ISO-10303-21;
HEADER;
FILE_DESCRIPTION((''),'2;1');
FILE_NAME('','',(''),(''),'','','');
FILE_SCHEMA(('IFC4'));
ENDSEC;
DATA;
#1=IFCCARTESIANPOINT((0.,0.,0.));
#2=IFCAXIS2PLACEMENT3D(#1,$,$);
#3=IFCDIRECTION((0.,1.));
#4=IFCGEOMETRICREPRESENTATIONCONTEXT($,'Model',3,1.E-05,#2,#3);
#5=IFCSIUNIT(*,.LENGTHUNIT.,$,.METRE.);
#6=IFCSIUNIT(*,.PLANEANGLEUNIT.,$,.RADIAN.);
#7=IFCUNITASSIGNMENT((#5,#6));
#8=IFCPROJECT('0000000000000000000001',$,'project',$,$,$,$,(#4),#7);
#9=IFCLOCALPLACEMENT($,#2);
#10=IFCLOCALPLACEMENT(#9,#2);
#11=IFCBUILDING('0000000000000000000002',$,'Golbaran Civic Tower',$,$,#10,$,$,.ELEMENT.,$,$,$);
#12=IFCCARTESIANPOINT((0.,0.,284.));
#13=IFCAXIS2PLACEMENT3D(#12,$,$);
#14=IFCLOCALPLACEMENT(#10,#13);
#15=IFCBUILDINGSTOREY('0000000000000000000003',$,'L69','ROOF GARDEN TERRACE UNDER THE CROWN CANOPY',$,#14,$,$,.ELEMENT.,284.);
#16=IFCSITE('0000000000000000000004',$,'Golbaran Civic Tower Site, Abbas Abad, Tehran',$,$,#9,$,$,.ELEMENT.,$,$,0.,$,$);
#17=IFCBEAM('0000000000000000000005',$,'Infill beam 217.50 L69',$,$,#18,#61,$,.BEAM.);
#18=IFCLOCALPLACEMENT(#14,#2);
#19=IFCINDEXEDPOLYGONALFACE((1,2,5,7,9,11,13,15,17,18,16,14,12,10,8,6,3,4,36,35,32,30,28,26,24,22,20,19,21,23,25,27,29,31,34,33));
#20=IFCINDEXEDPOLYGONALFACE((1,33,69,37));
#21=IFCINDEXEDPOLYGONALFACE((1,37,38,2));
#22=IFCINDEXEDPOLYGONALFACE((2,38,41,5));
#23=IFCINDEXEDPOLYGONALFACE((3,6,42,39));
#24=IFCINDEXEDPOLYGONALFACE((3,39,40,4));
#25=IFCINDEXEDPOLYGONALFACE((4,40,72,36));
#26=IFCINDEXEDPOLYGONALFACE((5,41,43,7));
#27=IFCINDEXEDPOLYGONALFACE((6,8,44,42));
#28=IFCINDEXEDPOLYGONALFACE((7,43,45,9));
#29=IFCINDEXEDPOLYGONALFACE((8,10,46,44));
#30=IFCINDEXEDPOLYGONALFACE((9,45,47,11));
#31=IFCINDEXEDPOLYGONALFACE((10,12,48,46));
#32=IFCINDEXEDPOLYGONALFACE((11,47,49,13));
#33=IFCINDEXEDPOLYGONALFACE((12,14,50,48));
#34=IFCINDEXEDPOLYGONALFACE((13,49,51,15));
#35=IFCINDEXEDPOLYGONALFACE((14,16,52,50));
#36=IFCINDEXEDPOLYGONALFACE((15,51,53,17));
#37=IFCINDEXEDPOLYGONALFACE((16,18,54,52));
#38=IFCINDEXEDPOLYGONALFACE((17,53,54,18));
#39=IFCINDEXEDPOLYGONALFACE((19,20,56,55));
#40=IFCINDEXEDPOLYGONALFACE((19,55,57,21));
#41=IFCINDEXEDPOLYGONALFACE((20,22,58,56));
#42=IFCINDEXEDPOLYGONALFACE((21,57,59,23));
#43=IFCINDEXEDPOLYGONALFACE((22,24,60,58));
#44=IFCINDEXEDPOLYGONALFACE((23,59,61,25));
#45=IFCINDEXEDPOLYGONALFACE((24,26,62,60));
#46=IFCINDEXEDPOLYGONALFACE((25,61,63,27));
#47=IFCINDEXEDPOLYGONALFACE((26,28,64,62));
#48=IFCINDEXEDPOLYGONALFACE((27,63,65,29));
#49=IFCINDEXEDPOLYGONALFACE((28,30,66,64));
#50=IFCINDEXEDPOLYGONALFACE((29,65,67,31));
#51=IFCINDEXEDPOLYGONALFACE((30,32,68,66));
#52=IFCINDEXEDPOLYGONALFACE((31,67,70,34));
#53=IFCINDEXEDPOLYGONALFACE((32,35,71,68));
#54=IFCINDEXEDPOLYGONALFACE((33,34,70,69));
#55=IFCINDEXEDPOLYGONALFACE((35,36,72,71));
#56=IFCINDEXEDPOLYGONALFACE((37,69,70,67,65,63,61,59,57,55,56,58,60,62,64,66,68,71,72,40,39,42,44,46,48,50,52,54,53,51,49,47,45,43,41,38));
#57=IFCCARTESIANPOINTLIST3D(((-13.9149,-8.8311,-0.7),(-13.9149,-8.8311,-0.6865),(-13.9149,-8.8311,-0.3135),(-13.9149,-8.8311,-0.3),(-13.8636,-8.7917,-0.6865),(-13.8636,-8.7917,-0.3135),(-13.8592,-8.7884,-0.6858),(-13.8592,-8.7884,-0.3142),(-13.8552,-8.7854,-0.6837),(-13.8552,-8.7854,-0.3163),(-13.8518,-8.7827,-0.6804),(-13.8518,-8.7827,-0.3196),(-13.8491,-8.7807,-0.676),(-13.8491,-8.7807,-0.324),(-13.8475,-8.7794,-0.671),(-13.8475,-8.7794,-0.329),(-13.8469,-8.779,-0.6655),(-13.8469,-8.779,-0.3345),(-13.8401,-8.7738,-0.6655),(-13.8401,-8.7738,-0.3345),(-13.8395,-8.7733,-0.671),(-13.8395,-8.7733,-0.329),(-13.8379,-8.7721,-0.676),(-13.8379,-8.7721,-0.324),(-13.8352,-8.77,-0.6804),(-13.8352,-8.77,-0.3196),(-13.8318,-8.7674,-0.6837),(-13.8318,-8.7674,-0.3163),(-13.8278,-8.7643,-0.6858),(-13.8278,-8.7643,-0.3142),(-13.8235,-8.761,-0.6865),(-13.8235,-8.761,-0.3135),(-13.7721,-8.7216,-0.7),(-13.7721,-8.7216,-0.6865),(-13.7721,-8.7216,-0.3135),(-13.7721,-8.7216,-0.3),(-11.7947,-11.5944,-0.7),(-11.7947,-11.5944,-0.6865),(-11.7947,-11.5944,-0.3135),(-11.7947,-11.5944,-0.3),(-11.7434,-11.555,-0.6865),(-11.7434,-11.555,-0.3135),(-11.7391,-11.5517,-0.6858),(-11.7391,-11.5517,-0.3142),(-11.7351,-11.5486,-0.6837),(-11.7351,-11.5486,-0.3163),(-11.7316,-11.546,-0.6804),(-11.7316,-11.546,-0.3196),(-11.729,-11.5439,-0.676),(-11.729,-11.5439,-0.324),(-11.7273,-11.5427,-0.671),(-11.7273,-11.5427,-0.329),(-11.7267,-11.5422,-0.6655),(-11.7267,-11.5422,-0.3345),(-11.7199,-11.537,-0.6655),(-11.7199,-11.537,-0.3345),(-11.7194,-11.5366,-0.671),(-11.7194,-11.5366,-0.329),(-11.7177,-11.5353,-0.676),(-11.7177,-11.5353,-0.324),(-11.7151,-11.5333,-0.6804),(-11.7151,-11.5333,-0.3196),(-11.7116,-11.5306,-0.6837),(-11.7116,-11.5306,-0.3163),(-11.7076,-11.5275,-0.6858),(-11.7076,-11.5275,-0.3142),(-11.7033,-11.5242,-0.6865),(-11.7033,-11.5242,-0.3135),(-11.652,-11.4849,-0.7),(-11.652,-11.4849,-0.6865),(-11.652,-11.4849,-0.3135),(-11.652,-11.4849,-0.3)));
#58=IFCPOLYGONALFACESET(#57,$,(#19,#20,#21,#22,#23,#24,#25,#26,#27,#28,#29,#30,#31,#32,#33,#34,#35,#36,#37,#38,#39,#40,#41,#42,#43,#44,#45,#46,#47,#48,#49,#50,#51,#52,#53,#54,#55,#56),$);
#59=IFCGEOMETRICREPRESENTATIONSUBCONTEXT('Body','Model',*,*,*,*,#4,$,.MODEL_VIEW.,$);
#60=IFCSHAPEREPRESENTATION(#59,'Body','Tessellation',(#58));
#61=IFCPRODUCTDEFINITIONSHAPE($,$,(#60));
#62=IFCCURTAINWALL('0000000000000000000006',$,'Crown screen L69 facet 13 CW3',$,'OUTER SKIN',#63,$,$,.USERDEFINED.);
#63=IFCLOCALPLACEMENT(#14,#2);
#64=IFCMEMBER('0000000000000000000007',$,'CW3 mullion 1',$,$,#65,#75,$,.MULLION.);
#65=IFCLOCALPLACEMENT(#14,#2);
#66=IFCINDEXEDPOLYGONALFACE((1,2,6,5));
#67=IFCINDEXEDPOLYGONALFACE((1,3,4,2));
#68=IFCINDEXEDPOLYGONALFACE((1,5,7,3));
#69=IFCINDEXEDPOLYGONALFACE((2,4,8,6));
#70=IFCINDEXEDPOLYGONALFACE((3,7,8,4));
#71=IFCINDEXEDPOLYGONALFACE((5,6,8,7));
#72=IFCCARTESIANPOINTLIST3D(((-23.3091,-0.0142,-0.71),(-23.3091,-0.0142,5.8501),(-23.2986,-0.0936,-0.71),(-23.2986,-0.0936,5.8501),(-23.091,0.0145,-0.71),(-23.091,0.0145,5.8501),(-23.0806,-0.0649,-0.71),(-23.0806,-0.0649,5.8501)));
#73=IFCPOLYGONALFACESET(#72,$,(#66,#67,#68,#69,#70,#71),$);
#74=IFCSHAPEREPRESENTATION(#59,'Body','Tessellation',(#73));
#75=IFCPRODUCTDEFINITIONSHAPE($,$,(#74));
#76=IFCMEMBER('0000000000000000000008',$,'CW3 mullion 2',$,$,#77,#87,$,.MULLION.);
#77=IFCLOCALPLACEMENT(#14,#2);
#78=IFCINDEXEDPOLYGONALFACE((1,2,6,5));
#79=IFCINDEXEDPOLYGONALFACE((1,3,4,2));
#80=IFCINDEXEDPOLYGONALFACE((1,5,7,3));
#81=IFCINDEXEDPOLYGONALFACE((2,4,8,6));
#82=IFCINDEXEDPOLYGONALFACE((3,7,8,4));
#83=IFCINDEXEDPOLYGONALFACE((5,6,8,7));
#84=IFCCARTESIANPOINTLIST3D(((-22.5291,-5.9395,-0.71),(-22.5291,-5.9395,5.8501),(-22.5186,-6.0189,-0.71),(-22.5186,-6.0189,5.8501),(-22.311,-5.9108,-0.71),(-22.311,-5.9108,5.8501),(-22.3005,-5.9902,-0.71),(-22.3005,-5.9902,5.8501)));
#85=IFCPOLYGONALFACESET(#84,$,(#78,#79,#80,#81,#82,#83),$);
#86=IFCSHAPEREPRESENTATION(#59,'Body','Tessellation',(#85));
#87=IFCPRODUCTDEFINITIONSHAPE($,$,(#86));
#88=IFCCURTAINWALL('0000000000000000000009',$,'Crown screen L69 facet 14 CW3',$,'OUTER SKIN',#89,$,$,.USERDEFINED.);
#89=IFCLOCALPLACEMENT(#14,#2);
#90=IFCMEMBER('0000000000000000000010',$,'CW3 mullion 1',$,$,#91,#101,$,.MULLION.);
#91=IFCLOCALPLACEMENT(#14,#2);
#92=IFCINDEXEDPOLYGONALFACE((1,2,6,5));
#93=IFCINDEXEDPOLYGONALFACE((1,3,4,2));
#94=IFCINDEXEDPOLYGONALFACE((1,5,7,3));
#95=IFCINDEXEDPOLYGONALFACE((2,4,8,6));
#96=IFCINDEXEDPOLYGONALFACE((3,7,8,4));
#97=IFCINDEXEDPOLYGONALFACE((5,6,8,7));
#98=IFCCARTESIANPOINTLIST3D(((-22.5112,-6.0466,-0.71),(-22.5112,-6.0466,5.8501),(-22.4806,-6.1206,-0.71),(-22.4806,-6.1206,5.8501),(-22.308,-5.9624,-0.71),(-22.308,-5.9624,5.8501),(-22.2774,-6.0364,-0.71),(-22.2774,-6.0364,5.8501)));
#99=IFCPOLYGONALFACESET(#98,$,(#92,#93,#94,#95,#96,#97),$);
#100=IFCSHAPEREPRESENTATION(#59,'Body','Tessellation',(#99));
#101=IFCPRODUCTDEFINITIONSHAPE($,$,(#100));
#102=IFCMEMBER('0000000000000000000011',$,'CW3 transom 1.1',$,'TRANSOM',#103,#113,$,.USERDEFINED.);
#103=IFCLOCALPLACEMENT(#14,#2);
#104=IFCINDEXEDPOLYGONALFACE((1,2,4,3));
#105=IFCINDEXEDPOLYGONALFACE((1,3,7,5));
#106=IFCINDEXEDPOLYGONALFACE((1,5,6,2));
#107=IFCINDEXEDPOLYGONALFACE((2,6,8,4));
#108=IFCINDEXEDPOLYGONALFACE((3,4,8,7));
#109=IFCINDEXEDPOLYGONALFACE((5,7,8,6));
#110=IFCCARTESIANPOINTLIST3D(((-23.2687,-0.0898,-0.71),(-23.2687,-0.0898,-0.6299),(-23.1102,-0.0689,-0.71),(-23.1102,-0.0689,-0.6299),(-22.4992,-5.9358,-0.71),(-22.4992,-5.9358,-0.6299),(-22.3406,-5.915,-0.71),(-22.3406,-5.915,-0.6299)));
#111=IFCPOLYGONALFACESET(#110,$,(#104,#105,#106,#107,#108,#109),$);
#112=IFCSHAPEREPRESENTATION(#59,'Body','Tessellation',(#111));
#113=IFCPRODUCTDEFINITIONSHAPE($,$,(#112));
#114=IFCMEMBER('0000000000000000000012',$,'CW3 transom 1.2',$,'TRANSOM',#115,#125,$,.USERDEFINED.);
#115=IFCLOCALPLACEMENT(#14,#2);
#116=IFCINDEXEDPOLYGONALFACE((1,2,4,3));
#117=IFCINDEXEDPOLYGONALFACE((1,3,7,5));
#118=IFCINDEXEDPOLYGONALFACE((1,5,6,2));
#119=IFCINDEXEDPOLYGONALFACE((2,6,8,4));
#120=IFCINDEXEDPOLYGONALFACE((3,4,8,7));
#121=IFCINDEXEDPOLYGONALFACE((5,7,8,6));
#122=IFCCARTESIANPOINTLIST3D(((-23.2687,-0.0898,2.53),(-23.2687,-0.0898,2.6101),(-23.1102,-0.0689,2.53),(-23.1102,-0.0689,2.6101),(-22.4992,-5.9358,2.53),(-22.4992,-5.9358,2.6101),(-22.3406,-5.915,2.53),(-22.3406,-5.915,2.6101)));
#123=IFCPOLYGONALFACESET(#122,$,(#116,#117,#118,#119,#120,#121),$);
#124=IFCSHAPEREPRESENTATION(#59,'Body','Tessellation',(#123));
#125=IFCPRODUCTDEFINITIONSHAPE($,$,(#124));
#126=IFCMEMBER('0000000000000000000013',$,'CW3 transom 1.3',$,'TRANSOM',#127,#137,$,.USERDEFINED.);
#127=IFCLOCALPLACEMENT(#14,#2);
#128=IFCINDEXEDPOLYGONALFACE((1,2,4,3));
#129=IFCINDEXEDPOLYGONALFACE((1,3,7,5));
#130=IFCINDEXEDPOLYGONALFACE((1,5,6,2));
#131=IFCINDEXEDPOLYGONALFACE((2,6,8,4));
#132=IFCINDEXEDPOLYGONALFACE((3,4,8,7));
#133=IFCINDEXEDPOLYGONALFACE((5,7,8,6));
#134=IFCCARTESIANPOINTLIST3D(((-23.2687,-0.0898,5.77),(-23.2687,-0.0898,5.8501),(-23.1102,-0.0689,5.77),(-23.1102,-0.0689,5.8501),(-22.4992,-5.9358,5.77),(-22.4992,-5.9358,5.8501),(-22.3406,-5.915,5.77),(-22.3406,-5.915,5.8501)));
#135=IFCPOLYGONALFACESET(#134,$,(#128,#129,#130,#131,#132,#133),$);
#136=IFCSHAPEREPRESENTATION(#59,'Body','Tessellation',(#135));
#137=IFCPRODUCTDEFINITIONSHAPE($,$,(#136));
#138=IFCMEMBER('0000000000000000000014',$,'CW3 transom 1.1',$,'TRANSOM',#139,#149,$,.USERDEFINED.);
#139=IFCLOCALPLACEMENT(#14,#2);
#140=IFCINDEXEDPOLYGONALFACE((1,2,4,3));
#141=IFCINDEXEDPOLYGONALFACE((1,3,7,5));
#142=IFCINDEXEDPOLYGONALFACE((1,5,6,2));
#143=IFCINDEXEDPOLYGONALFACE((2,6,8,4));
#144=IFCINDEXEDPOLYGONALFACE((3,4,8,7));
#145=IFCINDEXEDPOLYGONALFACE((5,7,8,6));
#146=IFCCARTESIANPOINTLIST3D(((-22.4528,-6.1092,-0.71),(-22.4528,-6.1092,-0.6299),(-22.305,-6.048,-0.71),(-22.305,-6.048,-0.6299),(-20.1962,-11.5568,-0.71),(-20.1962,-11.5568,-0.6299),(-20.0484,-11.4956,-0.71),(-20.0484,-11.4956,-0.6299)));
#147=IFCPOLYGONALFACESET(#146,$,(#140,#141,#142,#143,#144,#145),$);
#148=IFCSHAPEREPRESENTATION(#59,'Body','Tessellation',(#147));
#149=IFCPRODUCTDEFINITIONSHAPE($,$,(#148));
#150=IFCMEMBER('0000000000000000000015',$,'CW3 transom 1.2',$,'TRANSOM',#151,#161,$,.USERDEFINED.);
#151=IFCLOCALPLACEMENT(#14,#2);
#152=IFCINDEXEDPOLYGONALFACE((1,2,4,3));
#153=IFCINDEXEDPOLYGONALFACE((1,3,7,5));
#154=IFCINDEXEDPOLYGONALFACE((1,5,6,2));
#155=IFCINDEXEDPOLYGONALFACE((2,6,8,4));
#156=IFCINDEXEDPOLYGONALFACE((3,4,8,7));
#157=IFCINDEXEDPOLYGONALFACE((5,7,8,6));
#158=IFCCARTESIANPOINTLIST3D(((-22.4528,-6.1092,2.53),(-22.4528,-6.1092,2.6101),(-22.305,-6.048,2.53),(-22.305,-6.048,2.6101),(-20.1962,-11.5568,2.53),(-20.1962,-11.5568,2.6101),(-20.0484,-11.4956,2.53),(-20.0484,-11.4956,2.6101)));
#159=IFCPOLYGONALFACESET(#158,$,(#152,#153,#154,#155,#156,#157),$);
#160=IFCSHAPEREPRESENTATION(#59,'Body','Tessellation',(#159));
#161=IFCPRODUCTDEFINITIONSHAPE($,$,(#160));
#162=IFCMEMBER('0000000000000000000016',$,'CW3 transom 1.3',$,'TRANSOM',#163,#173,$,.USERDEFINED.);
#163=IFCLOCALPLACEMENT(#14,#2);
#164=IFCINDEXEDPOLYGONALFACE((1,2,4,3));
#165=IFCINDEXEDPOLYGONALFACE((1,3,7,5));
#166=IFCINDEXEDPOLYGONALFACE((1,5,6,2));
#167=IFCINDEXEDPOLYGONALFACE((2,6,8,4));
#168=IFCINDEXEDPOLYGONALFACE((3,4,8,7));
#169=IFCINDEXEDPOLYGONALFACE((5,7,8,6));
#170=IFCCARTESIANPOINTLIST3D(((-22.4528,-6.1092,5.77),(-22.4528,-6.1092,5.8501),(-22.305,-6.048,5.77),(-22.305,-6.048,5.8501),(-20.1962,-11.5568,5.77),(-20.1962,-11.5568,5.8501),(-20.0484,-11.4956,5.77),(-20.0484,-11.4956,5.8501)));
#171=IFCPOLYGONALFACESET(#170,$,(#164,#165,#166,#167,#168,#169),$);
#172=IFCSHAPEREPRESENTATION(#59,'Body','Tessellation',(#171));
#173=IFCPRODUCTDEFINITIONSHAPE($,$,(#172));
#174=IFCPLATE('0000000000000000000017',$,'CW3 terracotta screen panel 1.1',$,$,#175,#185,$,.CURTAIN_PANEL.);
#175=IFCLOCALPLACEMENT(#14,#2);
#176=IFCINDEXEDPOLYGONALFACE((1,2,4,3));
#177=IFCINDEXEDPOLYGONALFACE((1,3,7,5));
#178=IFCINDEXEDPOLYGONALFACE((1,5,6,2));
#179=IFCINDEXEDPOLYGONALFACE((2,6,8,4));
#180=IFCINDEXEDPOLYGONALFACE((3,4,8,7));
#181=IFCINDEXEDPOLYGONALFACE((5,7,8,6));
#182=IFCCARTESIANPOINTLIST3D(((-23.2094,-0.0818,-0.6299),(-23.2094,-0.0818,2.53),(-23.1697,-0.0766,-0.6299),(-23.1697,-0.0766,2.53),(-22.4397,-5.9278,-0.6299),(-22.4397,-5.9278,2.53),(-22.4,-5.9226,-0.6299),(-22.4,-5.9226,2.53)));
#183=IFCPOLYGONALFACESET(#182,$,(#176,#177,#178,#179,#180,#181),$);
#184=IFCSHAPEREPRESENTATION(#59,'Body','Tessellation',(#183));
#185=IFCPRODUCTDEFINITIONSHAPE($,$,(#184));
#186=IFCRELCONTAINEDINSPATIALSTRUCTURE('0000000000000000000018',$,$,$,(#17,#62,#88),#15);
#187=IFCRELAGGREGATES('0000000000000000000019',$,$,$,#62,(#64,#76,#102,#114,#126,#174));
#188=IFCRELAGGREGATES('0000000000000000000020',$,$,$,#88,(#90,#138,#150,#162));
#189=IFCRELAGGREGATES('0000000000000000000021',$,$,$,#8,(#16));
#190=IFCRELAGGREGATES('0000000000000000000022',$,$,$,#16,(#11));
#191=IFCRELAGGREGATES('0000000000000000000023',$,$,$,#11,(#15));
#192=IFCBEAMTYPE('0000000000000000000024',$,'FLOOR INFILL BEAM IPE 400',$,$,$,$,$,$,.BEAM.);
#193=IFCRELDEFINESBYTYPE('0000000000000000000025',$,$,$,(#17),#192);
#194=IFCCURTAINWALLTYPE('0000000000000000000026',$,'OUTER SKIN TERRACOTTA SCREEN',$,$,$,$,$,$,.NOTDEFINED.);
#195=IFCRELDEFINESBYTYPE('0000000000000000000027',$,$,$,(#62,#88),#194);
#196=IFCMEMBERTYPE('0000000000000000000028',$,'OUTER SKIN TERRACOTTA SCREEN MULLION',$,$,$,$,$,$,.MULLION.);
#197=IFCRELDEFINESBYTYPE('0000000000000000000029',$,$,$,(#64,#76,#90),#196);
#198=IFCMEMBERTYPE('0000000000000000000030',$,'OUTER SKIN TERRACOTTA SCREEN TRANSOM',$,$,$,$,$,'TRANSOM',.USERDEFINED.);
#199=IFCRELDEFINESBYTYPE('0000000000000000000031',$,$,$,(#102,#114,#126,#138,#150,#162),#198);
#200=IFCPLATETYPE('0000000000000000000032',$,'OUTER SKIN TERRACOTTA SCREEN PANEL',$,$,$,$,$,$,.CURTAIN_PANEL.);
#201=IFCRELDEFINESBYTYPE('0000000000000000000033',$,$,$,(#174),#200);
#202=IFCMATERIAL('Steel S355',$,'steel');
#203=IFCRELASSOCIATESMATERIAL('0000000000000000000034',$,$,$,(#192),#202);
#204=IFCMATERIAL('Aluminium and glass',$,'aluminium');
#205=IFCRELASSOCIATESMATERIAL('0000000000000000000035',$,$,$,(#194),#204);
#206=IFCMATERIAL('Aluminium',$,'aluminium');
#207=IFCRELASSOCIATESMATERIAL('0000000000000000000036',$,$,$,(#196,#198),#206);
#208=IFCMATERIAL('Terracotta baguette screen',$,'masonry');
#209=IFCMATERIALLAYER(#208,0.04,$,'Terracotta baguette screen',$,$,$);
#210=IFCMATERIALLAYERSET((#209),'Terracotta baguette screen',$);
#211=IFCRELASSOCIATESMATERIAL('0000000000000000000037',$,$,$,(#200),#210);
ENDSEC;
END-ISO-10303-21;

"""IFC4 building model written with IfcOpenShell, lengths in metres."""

from ifc_helpers import new_model, si_unit, direction, frame, origin, origin_2d, place, context, subcontext, project, spatial, rectangle, i_section, extrude, material, layer, layer_set, material_profile, profile_set, type_object, element, aggregate, save


model = new_model("IFC4")

# Units and contexts
model_context = context("Model", 3, precision=1e-05, world=origin(), true_north=direction((0.0, 1.0)))
body_context = subcontext(model_context, "Body", "Model", "MODEL_VIEW")
ifc_project = project(units=[si_unit("LENGTHUNIT", "METRE"), si_unit("PLANEANGLEUNIT", "RADIAN")], contexts=[model_context])

# Site, building, storey
site_placement = place(None, origin())
site = spatial("IfcSite", under=ifc_project, at=site_placement, Name="Golbaran Civic Tower Site, Abbas Abad, Tehran", CompositionType="ELEMENT", RefElevation=0.0)
building_placement = place(site_placement, origin())
building = spatial("IfcBuilding", under=site, at=building_placement, Name="Golbaran Civic Tower", CompositionType="ELEMENT")
storey_placement = place(building_placement, frame((0.0, 0.0, 284.0)))
storey = spatial("IfcBuildingStorey", under=building, at=storey_placement, Name="L69", Description="ROOF GARDEN TERRACE UNDER THE CROWN CANOPY", CompositionType="ELEMENT", Elevation=284.0)

# Shared definitions
ifc_material_1 = material(Name="Steel S355", Category="steel")

# Beam
ifc_material_profile_1 = material_profile(ifc_material_1, i_section(OverallWidth=0.1799, OverallDepth=0.3999, WebThickness=0.0085, FlangeThickness=0.0134, FilletRadius=0.021, at=origin_2d()), Name="IPE 400")
ifc_profile_set_1 = profile_set([ifc_material_profile_1], Name="Steel S355")
beam_type_1 = type_object("IfcBeamType", Name="FLOOR INFILL BEAM IPE 400", PredefinedType="BEAM", material=ifc_profile_set_1)
beam_1_placement = place(storey_placement, frame((-13.8435, -8.7764, -0.5), z_axis=(0.608735, -0.793374, 0.0), x_axis=(0.793374, 0.608735, 0.0)))
element("IfcBeam", 1, at=beam_1_placement, inside=storey, type_object=beam_type_1, Name="Infill beam 217.50 L69", PredefinedType="BEAM", context=body_context, shape_type="SweptSolid", body=[
    extrude(i_section(OverallWidth=0.1799, OverallDepth=0.3999, WebThickness=0.0085, FlangeThickness=0.0134, FilletRadius=0.021, at=origin_2d()), origin(), (0.0, 0.0, 1.0), 3.4829),
])

# Curtain wall, members
ifc_material_2 = material(Name="Aluminium and glass", Category="aluminium")
curtain_wall_type = type_object("IfcCurtainWallType", Name="OUTER SKIN TERRACOTTA SCREEN", PredefinedType="NOTDEFINED", material=ifc_material_2)
curtain_wall_1_placement = place(storey_placement, origin())
curtain_wall_1 = element("IfcCurtainWall", 2, at=curtain_wall_1_placement, inside=storey, type_object=curtain_wall_type, Name="Crown screen L69 facet 13 CW3", ObjectType="OUTER SKIN", PredefinedType="USERDEFINED")
ifc_material_3 = material(Name="Aluminium", Category="aluminium")
ifc_material_profile_2 = material_profile(ifc_material_3, rectangle(XDim=0.22, YDim=0.0801, at=origin_2d()), Name="OUTER SKIN TERRACOTTA SCREEN MULLION")
ifc_profile_set_2 = profile_set([ifc_material_profile_2], Name="Aluminium")
member_type_1 = type_object("IfcMemberType", Name="OUTER SKIN TERRACOTTA SCREEN MULLION", PredefinedType="MULLION", material=ifc_profile_set_2)
member_1_placement = place(storey_placement, frame((-23.1948, -0.0396, -0.71), z_axis=(0.0, 0.0, 1.0), x_axis=(0.991445, 0.130526, 0.0)))
member_1 = element("IfcMember", 3, at=member_1_placement, type_object=member_type_1, Name="CW3 mullion 1", PredefinedType="MULLION", context=body_context, shape_type="SweptSolid", body=[
    extrude(rectangle(XDim=0.22, YDim=0.0801, at=origin_2d()), origin(), (0.0, 0.0, 1.0), 6.5601),
])
member_2_placement = place(storey_placement, frame((-22.4148, -5.9648, -0.71), z_axis=(0.0, 0.0, 1.0), x_axis=(0.991445, 0.130526, 0.0)))
member_2 = element("IfcMember", 4, at=member_2_placement, type_object=member_type_1, Name="CW3 mullion 2", PredefinedType="MULLION", context=body_context, shape_type="SweptSolid", body=[
    extrude(rectangle(XDim=0.22, YDim=0.0801, at=origin_2d()), origin(), (0.0, 0.0, 1.0), 6.5601),
])

# Curtain wall, member
curtain_wall_2_placement = place(storey_placement, origin())
curtain_wall_2 = element("IfcCurtainWall", 5, at=curtain_wall_2_placement, inside=storey, type_object=curtain_wall_type, Name="Crown screen L69 facet 14 CW3", ObjectType="OUTER SKIN", PredefinedType="USERDEFINED")
member_3_placement = place(storey_placement, frame((-22.3943, -6.0415, -0.71), z_axis=(0.0, 0.0, 1.0), x_axis=(0.92388, 0.382683, 0.0)))
member_3 = element("IfcMember", 6, at=member_3_placement, type_object=member_type_1, Name="CW3 mullion 1", PredefinedType="MULLION", context=body_context, shape_type="SweptSolid", body=[
    extrude(rectangle(XDim=0.22, YDim=0.0801, at=origin_2d()), origin(), (0.0, 0.0, 1.0), 6.5601),
])

# Members
ifc_material_profile_3 = material_profile(ifc_material_3, rectangle(XDim=0.1599, YDim=0.0801, at=origin_2d()), Name="OUTER SKIN TERRACOTTA SCREEN TRANSOM")
ifc_profile_set_3 = profile_set([ifc_material_profile_3], Name="Aluminium")
member_type_2 = type_object("IfcMemberType", Name="OUTER SKIN TERRACOTTA SCREEN TRANSOM", ElementType="TRANSOM", PredefinedType="USERDEFINED", material=ifc_profile_set_3)
member_4_placement = place(storey_placement, frame((-23.1895, -0.0793, -0.6699), z_axis=(0.130509, -0.991447, 0.0), x_axis=(0.991447, 0.130509, 0.0)))
member_4 = element("IfcMember", 7, at=member_4_placement, type_object=member_type_2, Name="CW3 transom 1.1", ObjectType="TRANSOM", PredefinedType="USERDEFINED", context=body_context, shape_type="SweptSolid", body=[
    extrude(rectangle(XDim=0.1599, YDim=0.0801, at=origin_2d()), origin(), (0.0, 0.0, 1.0), 5.8965),
])
member_5_placement = place(storey_placement, frame((-23.1895, -0.0793, 2.5701), z_axis=(0.130509, -0.991447, 0.0), x_axis=(0.991447, 0.130509, 0.0)))
member_5 = element("IfcMember", 8, at=member_5_placement, type_object=member_type_2, Name="CW3 transom 1.2", ObjectType="TRANSOM", PredefinedType="USERDEFINED", context=body_context, shape_type="SweptSolid", body=[
    extrude(rectangle(XDim=0.1599, YDim=0.0801, at=origin_2d()), origin(), (0.0, 0.0, 1.0), 5.8965),
])
member_6_placement = place(storey_placement, frame((-23.1895, -0.0793, 5.8101), z_axis=(0.130509, -0.991447, 0.0), x_axis=(0.991447, 0.130509, 0.0)))
member_6 = element("IfcMember", 9, at=member_6_placement, type_object=member_type_2, Name="CW3 transom 1.3", ObjectType="TRANSOM", PredefinedType="USERDEFINED", context=body_context, shape_type="SweptSolid", body=[
    extrude(rectangle(XDim=0.1599, YDim=0.0801, at=origin_2d()), origin(), (0.0, 0.0, 1.0), 5.8965),
])
member_7_placement = place(storey_placement, frame((-22.3789, -6.0786, -0.6699), z_axis=(0.382707, -0.92387, 0.0), x_axis=(0.92387, 0.382707, 0.0)))
member_7 = element("IfcMember", 10, at=member_7_placement, type_object=member_type_2, Name="CW3 transom 1.1", ObjectType="TRANSOM", PredefinedType="USERDEFINED", context=body_context, shape_type="SweptSolid", body=[
    extrude(rectangle(XDim=0.1599, YDim=0.0801, at=origin_2d()), origin(), (0.0, 0.0, 1.0), 5.8965),
])
member_8_placement = place(storey_placement, frame((-22.3789, -6.0786, 2.5701), z_axis=(0.382707, -0.92387, 0.0), x_axis=(0.92387, 0.382707, 0.0)))
member_8 = element("IfcMember", 11, at=member_8_placement, type_object=member_type_2, Name="CW3 transom 1.2", ObjectType="TRANSOM", PredefinedType="USERDEFINED", context=body_context, shape_type="SweptSolid", body=[
    extrude(rectangle(XDim=0.1599, YDim=0.0801, at=origin_2d()), origin(), (0.0, 0.0, 1.0), 5.8965),
])
member_9_placement = place(storey_placement, frame((-22.3789, -6.0786, 5.8101), z_axis=(0.382707, -0.92387, 0.0), x_axis=(0.92387, 0.382707, 0.0)))
member_9 = element("IfcMember", 12, at=member_9_placement, type_object=member_type_2, Name="CW3 transom 1.3", ObjectType="TRANSOM", PredefinedType="USERDEFINED", context=body_context, shape_type="SweptSolid", body=[
    extrude(rectangle(XDim=0.1599, YDim=0.0801, at=origin_2d()), origin(), (0.0, 0.0, 1.0), 5.8965),
])

# Plate
ifc_material_4 = material(Name="Terracotta baguette screen", Category="masonry")
ifc_layer_1 = layer(ifc_material_4, 0.04, Name="Terracotta baguette screen")
ifc_layer_set_1 = layer_set([ifc_layer_1], Name="Terracotta baguette screen")
plate_type = type_object("IfcPlateType", Name="OUTER SKIN TERRACOTTA SCREEN PANEL", PredefinedType="CURTAIN_PANEL", material=ifc_layer_set_1)
plate_1_placement = place(storey_placement, frame((-22.8047, -3.0022, -0.6299), z_axis=(0.0, 0.0, 1.0), x_axis=(0.130526, -0.991445, 0.0)))
plate_1 = element("IfcPlate", 13, at=plate_1_placement, type_object=plate_type, Name="CW3 terracotta screen panel 1.1", PredefinedType="CURTAIN_PANEL", context=body_context, shape_type="SweptSolid", body=[
    extrude(rectangle(XDim=5.8965, YDim=0.04, at=origin_2d()), origin(), (0.0, 0.0, 1.0), 3.1599),
])
aggregate(curtain_wall_1, [member_1, member_2, member_4, member_5, member_6, plate_1])
aggregate(curtain_wall_2, [member_3, member_7, member_8, member_9])

save(model, "model.ifc")
